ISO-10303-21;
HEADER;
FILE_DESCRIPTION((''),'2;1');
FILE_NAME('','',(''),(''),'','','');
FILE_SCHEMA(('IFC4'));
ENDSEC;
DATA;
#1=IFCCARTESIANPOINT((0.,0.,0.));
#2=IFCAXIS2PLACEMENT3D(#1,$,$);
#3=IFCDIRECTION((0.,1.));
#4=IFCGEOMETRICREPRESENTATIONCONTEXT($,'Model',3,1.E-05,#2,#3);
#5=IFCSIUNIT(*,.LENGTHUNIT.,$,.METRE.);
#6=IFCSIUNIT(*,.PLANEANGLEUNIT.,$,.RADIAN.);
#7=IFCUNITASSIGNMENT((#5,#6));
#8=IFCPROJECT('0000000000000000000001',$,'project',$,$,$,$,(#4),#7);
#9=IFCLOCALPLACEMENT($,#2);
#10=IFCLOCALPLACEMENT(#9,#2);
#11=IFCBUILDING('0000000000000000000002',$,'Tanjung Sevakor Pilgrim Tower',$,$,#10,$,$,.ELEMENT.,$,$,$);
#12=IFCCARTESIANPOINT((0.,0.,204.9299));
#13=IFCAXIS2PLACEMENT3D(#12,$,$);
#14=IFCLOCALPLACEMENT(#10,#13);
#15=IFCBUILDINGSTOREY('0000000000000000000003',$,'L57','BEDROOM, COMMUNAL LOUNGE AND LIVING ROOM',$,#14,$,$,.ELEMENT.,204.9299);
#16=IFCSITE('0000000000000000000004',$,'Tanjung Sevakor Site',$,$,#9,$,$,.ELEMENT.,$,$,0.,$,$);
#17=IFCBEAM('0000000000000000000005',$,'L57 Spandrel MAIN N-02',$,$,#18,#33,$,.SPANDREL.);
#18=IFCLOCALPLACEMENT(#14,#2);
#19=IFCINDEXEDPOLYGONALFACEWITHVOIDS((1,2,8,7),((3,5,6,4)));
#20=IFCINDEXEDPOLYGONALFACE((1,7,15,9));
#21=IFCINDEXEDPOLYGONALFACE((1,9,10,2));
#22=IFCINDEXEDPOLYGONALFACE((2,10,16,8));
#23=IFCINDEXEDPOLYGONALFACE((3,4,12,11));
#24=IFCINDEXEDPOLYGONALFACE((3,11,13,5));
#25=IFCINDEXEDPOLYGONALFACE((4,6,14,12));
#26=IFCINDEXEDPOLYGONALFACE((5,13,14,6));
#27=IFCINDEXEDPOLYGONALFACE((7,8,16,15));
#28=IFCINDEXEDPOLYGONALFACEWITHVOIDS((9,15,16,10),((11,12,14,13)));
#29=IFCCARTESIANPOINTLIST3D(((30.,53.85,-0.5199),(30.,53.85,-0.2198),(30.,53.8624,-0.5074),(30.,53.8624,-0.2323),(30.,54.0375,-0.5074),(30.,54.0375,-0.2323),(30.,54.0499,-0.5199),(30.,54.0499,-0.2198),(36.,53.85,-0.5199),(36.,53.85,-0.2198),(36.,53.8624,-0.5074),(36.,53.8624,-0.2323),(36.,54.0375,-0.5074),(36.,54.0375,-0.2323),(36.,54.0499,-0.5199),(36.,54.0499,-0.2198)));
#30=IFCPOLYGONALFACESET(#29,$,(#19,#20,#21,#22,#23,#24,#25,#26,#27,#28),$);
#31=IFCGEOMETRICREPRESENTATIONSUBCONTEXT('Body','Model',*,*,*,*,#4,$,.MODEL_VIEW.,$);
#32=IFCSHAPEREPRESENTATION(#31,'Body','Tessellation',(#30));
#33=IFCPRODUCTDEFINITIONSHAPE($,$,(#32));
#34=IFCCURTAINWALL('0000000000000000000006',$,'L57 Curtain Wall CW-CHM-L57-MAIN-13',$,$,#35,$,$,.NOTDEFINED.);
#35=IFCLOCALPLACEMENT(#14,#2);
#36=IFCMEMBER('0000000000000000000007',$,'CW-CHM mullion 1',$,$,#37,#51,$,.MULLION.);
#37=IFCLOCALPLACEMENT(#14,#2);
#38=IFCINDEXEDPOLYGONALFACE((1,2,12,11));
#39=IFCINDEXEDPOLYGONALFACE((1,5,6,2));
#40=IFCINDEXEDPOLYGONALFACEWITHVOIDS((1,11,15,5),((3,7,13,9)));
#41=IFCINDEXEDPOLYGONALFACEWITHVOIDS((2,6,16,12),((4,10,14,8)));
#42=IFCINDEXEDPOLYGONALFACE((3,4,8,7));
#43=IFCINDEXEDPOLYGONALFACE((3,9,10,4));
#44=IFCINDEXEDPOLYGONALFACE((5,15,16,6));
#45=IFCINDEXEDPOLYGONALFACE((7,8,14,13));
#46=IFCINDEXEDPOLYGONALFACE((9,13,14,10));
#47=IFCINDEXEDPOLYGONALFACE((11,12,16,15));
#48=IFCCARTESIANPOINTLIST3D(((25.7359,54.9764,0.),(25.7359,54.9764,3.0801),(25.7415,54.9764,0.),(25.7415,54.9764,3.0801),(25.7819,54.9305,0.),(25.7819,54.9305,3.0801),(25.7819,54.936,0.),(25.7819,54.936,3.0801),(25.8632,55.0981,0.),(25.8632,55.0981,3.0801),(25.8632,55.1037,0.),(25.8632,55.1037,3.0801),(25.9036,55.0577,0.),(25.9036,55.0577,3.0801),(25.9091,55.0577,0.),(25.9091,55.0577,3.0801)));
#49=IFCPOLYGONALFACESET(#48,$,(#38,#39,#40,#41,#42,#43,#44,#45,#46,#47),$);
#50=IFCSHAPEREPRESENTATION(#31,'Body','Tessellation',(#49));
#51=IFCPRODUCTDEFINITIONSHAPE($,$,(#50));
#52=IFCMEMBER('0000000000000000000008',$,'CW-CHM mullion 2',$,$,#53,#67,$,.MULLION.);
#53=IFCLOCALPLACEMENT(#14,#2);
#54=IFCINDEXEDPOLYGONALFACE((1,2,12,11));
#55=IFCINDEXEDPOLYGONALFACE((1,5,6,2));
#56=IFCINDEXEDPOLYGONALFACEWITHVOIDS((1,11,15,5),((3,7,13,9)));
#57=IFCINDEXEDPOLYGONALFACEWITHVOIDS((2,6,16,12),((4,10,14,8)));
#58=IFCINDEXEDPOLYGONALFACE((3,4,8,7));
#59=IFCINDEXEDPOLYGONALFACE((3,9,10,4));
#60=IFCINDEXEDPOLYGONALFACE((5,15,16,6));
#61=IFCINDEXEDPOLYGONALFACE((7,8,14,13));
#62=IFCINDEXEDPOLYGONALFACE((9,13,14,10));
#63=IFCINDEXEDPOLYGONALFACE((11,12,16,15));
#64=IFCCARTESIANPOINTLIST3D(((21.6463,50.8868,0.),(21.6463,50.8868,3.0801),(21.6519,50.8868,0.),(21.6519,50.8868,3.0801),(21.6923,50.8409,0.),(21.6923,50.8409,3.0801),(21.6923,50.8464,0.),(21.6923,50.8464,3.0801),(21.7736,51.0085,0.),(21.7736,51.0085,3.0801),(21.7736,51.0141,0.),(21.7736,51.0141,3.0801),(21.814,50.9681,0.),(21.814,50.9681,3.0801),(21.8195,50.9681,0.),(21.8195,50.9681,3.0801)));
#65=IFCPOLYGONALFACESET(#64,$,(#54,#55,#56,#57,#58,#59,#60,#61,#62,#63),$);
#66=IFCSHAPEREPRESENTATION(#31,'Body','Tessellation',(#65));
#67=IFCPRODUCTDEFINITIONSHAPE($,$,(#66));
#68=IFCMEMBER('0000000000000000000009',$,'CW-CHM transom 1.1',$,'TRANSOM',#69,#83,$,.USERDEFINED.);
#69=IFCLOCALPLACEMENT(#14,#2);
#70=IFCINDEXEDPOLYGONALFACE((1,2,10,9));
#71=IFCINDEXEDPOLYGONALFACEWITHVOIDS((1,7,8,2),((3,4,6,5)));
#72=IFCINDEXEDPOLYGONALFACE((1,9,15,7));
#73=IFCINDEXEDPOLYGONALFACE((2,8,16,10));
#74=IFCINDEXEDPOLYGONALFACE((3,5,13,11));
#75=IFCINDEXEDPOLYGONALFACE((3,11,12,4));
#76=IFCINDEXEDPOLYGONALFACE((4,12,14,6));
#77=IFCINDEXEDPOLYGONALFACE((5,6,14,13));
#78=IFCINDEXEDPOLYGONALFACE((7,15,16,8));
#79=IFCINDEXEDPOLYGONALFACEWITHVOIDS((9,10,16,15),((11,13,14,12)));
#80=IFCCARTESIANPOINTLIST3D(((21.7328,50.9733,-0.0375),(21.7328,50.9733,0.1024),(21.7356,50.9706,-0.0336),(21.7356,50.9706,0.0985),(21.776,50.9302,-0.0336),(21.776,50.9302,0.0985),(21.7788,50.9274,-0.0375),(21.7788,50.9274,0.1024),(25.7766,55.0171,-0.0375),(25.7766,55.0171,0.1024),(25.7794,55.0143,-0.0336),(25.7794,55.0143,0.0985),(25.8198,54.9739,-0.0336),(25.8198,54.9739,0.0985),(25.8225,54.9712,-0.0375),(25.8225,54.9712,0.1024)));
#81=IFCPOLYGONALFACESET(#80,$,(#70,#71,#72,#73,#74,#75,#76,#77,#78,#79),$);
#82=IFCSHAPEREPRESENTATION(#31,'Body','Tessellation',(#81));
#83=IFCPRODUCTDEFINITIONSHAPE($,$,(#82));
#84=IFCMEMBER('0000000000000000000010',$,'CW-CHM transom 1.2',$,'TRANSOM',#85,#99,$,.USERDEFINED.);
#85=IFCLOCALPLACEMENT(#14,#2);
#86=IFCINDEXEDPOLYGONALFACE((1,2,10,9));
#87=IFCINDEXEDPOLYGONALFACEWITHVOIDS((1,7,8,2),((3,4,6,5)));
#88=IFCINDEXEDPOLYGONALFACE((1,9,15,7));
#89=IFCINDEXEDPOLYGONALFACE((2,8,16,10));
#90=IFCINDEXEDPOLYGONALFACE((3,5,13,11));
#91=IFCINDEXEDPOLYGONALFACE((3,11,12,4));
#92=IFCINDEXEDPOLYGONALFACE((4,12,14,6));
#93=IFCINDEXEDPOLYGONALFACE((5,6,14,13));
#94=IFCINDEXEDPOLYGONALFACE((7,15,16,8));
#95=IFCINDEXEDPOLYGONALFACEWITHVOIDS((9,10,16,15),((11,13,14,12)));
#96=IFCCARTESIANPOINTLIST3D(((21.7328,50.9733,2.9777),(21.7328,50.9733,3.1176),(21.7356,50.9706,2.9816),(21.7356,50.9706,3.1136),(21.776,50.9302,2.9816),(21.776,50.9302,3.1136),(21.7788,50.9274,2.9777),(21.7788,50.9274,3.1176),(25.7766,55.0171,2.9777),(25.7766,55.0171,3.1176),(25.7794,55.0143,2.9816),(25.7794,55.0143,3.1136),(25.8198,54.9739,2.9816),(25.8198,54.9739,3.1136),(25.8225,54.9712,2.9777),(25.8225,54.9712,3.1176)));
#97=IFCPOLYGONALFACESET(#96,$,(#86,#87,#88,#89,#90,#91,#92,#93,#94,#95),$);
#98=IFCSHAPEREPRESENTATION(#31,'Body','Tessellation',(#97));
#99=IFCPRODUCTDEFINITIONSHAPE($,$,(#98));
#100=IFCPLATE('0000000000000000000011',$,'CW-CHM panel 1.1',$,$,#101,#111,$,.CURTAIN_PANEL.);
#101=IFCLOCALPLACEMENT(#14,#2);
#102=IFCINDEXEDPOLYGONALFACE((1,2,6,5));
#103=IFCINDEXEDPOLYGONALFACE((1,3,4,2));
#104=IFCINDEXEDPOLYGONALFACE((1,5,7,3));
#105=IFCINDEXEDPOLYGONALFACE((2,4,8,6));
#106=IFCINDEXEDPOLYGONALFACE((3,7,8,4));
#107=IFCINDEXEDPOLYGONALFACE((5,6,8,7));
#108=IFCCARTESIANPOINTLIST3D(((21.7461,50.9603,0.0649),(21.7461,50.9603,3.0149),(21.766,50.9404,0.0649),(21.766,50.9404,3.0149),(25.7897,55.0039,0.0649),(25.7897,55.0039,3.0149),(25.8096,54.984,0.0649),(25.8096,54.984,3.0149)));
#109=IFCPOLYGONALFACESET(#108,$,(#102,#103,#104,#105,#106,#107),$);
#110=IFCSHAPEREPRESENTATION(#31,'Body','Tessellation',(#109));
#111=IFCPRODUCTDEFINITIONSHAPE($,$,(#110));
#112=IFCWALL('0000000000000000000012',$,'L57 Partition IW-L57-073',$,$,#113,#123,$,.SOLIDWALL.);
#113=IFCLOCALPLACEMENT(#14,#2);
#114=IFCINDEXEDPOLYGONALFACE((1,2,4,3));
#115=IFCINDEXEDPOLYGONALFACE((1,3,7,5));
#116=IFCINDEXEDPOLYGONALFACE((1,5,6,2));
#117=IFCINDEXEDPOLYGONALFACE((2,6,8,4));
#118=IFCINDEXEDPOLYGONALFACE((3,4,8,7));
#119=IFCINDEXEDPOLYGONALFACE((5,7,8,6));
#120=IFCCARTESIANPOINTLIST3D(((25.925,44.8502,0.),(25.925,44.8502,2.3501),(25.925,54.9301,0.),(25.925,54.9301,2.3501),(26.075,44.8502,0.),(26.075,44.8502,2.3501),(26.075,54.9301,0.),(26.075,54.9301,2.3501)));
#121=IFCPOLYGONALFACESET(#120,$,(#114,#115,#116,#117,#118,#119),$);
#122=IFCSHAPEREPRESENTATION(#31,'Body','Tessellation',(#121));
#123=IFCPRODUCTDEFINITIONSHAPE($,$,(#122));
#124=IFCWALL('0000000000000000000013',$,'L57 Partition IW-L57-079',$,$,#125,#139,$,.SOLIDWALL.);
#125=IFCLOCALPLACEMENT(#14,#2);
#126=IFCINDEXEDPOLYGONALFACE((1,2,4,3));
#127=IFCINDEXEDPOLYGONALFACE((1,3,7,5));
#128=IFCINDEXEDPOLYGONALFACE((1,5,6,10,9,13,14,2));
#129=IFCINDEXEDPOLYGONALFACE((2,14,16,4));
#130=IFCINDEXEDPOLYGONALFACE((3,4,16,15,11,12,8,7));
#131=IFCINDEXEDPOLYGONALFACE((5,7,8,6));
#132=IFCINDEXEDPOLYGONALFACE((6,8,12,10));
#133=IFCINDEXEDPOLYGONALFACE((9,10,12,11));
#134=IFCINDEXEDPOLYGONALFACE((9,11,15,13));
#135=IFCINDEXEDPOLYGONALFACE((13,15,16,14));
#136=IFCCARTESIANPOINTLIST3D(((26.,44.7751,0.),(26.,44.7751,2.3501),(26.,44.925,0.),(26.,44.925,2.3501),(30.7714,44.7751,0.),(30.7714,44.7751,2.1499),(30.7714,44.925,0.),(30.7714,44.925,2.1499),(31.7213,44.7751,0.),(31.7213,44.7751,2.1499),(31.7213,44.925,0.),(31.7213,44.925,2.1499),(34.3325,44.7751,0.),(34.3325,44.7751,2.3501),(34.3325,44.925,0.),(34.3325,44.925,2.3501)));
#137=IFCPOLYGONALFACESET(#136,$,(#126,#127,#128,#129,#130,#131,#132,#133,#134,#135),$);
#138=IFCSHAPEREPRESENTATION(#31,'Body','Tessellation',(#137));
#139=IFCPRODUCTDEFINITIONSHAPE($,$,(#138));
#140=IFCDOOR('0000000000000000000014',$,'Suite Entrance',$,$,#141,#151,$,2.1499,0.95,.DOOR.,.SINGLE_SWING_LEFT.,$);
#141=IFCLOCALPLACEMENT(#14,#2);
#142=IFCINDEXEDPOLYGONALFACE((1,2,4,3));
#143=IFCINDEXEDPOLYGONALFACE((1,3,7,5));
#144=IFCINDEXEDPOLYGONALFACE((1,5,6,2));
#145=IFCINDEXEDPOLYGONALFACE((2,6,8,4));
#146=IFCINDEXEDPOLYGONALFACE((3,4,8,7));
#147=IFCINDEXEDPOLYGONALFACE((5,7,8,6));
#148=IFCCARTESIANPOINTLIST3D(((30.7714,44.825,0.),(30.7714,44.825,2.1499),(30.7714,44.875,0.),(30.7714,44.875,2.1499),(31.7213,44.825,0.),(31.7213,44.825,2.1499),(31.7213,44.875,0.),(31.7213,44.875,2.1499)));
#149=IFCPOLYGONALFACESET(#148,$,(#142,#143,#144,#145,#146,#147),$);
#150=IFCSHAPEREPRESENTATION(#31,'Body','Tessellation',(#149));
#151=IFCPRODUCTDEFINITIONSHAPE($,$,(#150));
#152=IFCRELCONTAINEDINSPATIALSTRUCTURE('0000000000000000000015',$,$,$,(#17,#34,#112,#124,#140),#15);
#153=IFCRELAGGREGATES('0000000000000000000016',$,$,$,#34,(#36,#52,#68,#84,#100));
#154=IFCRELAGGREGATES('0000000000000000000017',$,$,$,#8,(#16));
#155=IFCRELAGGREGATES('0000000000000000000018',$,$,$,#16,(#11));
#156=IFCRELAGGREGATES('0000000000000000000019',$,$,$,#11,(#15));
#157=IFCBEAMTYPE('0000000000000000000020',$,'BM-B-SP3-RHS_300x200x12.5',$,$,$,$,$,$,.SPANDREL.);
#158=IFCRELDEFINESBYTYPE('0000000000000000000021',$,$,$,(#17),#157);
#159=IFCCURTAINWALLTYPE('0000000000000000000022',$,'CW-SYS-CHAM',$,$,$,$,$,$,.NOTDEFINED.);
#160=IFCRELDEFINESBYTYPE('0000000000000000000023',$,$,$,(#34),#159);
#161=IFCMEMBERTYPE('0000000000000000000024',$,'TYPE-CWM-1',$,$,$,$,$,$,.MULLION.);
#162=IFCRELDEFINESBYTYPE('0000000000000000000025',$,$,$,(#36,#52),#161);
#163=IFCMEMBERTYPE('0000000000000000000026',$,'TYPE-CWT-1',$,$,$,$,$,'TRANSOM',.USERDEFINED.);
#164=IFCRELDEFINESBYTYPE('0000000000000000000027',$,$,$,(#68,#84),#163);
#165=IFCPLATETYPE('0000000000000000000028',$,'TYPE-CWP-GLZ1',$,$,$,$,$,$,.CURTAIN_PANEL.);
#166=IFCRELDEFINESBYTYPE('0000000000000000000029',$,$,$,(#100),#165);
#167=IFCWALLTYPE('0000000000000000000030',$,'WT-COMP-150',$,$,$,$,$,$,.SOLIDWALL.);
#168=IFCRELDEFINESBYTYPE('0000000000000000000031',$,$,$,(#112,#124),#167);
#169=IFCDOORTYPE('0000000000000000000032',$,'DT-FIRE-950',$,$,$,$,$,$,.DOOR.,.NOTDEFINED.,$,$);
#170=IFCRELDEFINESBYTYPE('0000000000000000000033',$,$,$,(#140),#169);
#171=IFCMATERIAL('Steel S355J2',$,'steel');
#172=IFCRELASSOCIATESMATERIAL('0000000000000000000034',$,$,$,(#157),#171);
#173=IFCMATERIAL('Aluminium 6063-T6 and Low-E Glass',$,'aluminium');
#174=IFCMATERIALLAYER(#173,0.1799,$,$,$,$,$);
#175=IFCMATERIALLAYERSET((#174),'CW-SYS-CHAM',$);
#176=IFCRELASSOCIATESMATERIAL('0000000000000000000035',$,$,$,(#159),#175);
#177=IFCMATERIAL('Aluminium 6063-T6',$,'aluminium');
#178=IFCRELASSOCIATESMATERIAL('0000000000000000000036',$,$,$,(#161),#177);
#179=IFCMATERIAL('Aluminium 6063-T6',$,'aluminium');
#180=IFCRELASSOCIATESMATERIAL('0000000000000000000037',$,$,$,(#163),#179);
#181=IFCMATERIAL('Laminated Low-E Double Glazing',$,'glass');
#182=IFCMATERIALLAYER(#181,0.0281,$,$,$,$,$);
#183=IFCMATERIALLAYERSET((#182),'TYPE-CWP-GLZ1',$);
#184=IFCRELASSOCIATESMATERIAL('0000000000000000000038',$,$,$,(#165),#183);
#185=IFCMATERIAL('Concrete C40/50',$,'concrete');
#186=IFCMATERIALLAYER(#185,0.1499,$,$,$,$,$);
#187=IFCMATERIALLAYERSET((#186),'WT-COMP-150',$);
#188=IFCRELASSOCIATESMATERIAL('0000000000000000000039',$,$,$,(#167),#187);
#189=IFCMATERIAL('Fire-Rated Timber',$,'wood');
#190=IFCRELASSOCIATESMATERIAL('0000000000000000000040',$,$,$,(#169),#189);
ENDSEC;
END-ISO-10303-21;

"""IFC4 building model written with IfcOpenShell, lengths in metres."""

from ifc_helpers import new_model, si_unit, direction, frame, frame_2d, origin, origin_2d, place, context, subcontext, project, spatial, rectangle, hollow_rectangle, extrude, material, layer, layer_set, material_profile, profile_set, type_object, element, fill, aggregate, save


model = new_model("IFC4")

# Units and contexts
model_context = context("Model", 3, precision=1e-05, world=origin(), true_north=direction((0.0, 1.0)))
body_context = subcontext(model_context, "Body", "Model", "MODEL_VIEW")
ifc_project = project(units=[si_unit("LENGTHUNIT", "METRE"), si_unit("PLANEANGLEUNIT", "RADIAN")], contexts=[model_context])

# Site, building, storey
site_placement = place(None, origin())
site = spatial("IfcSite", under=ifc_project, at=site_placement, Name="Tanjung Sevakor Site", CompositionType="ELEMENT", RefElevation=0.0)
building_placement = place(site_placement, origin())
building = spatial("IfcBuilding", under=site, at=building_placement, Name="Tanjung Sevakor Pilgrim Tower", CompositionType="ELEMENT")
storey_placement = place(building_placement, frame((0.0, 0.0, 204.9299)))
storey = spatial("IfcBuildingStorey", under=building, at=storey_placement, Name="L57", Description="BEDROOM, COMMUNAL LOUNGE AND LIVING ROOM", CompositionType="ELEMENT", Elevation=204.9299)

# Beam
ifc_material_1 = material(Name="Steel S355J2", Category="steel")
ifc_material_profile_1 = material_profile(ifc_material_1, hollow_rectangle(XDim=0.2, YDim=0.3, WallThickness=0.0125, at=origin_2d()))
ifc_profile_set_1 = profile_set([ifc_material_profile_1], Name="Steel S355J2")
beam_type_1 = type_object("IfcBeamType", Name="BM-B-SP3-RHS_300x200x12.5", PredefinedType="SPANDREL", material=ifc_profile_set_1)
beam_1_placement = place(storey_placement, frame((30.0, 53.95, -0.3699), z_axis=(1.0, 0.0, 0.0), x_axis=(0.0, 1.0, 0.0)))
element("IfcBeam", 1, at=beam_1_placement, inside=storey, type_object=beam_type_1, Name="L57 Spandrel MAIN N-02", PredefinedType="SPANDREL", context=body_context, shape_type="SweptSolid", body=[
    extrude(hollow_rectangle(XDim=0.2, YDim=0.3, WallThickness=0.0125, at=origin_2d()), origin(), (0.0, 0.0, 1.0), 6.0),
])

# Curtain wall, members, plate
ifc_material_2 = material(Name="Aluminium 6063-T6 and Low-E Glass", Category="aluminium")
ifc_layer_1 = layer(ifc_material_2, 0.1799)
ifc_layer_set_1 = layer_set([ifc_layer_1], Name="CW-SYS-CHAM")
curtain_wall_type = type_object("IfcCurtainWallType", Name="CW-SYS-CHAM", PredefinedType="NOTDEFINED", material=ifc_layer_set_1)
curtain_wall_placement = place(storey_placement, origin())
curtain_wall = element("IfcCurtainWall", 2, at=curtain_wall_placement, inside=storey, type_object=curtain_wall_type, Name="L57 Curtain Wall CW-CHM-L57-MAIN-13", PredefinedType="NOTDEFINED")
ifc_material_3 = material(Name="Aluminium 6063-T6", Category="aluminium")
ifc_material_profile_2 = material_profile(ifc_material_3, hollow_rectangle(XDim=0.0649, YDim=0.1799, WallThickness=0.0039, at=origin_2d()))
ifc_profile_set_2 = profile_set([ifc_material_profile_2], Name="Aluminium 6063-T6")
member_type_1 = type_object("IfcMemberType", Name="TYPE-CWM-1", PredefinedType="MULLION", material=ifc_profile_set_2)
member_1_placement = place(storey_placement, frame((25.8225, 55.0171, 0.0), z_axis=(0.0, 0.0, 1.0), x_axis=(0.707107, -0.707107, 0.0)))
member_1 = element("IfcMember", 3, at=member_1_placement, type_object=member_type_1, Name="CW-CHM mullion 1", PredefinedType="MULLION", context=body_context, shape_type="SweptSolid", body=[
    extrude(hollow_rectangle(XDim=0.0649, YDim=0.1799, WallThickness=0.0039, at=origin_2d()), origin(), (0.0, 0.0, 1.0), 3.0801),
])
member_2_placement = place(storey_placement, frame((21.7329, 50.9275, 0.0), z_axis=(0.0, 0.0, 1.0), x_axis=(0.707107, -0.707107, 0.0)))
member_2 = element("IfcMember", 4, at=member_2_placement, type_object=member_type_1, Name="CW-CHM mullion 2", PredefinedType="MULLION", context=body_context, shape_type="SweptSolid", body=[
    extrude(hollow_rectangle(XDim=0.0649, YDim=0.1799, WallThickness=0.0039, at=origin_2d()), origin(), (0.0, 0.0, 1.0), 3.0801),
])
ifc_material_4 = material(Name="Aluminium 6063-T6", Category="aluminium")
ifc_material_profile_3 = material_profile(ifc_material_4, hollow_rectangle(XDim=0.0649, YDim=0.1399, WallThickness=0.0039, at=origin_2d()))
ifc_profile_set_3 = profile_set([ifc_material_profile_3], Name="Aluminium 6063-T6")
member_type_2 = type_object("IfcMemberType", Name="TYPE-CWT-1", ElementType="TRANSOM", PredefinedType="USERDEFINED", material=ifc_profile_set_3)
member_3_placement = place(storey_placement, frame((25.7996, 54.9941, 0.0325), z_axis=(-0.707107, -0.707107, 0.0), x_axis=(0.707107, -0.707107, 0.0)))
member_3 = element("IfcMember", 5, at=member_3_placement, type_object=member_type_2, Name="CW-CHM transom 1.1", ObjectType="TRANSOM", PredefinedType="USERDEFINED", context=body_context, shape_type="SweptSolid", body=[
    extrude(hollow_rectangle(XDim=0.0649, YDim=0.1399, WallThickness=0.0039, at=origin_2d()), origin(), (0.0, 0.0, 1.0), 5.7188),
])
member_4_placement = place(storey_placement, frame((25.7996, 54.9941, 3.0476), z_axis=(-0.707107, -0.707107, 0.0), x_axis=(0.707107, -0.707107, 0.0)))
member_4 = element("IfcMember", 6, at=member_4_placement, type_object=member_type_2, Name="CW-CHM transom 1.2", ObjectType="TRANSOM", PredefinedType="USERDEFINED", context=body_context, shape_type="SweptSolid", body=[
    extrude(hollow_rectangle(XDim=0.0649, YDim=0.1399, WallThickness=0.0039, at=origin_2d()), origin(), (0.0, 0.0, 1.0), 5.7188),
])
ifc_material_5 = material(Name="Laminated Low-E Double Glazing", Category="glass")
ifc_layer_2 = layer(ifc_material_5, 0.0281)
ifc_layer_set_2 = layer_set([ifc_layer_2], Name="TYPE-CWP-GLZ1")
plate_type = type_object("IfcPlateType", Name="TYPE-CWP-GLZ1", PredefinedType="CURTAIN_PANEL", material=ifc_layer_set_2)
plate_placement = place(storey_placement, frame((23.7778, 52.9722, 0.0649), z_axis=(0.0, 0.0, 1.0), x_axis=(-0.707107, -0.707107, 0.0)))
plate = element("IfcPlate", 7, at=plate_placement, type_object=plate_type, Name="CW-CHM panel 1.1", PredefinedType="CURTAIN_PANEL", context=body_context, shape_type="SweptSolid", body=[
    extrude(rectangle(XDim=5.7185, YDim=0.0281, at=origin_2d()), origin(), (0.0, 0.0, 1.0), 2.95),
])
aggregate(curtain_wall, [member_1, member_2, member_3, member_4, plate])

# Wall
ifc_material_6 = material(Name="Concrete C40/50", Category="concrete")
ifc_layer_3 = layer(ifc_material_6, 0.1499)
ifc_layer_set_3 = layer_set([ifc_layer_3], Name="WT-COMP-150")
wall_type_1 = type_object("IfcWallType", Name="WT-COMP-150", PredefinedType="SOLIDWALL", material=ifc_layer_set_3)
wall_1_placement = place(storey_placement, frame((26.0, 44.8501, 0.0), z_axis=(0.0, 0.0, 1.0), x_axis=(0.0, 1.0, 0.0)))
element("IfcWall", 8, at=wall_1_placement, inside=storey, type_object=wall_type_1, Name="L57 Partition IW-L57-073", PredefinedType="SOLIDWALL", context=body_context, shape_type="SweptSolid", body=[
    extrude(rectangle(XDim=10.0798, YDim=0.1499, at=frame_2d((5.04, 0.0))), origin(), (0.0, 0.0, 1.0), 2.3501),
])

# Wall, opening, door
wall_2_placement = place(storey_placement, frame((26.0, 44.8501, 0.0), z_axis=(0.0, 0.0, 1.0), x_axis=(1.0, 0.0, 0.0)))
wall_2 = element("IfcWall", 9, at=wall_2_placement, inside=storey, type_object=wall_type_1, Name="L57 Partition IW-L57-079", PredefinedType="SOLIDWALL", context=body_context, shape_type="SweptSolid", body=[
    extrude(rectangle(XDim=8.3325, YDim=0.1499, at=frame_2d((4.1663, 0.0))), origin(), (0.0, 0.0, 1.0), 2.3501),
])
opening_1_placement = place(wall_2_placement, frame((4.7712, 0.0, 0.0)))
opening_1 = element("IfcOpeningElement", 10, at=opening_1_placement, cuts=wall_2, PredefinedType="OPENING", context=body_context, shape_type="SweptSolid", body=[
    extrude(rectangle(XDim=0.95, YDim=2.1499, at=frame_2d((0.4751, 1.075))), frame((0.0, 0.085, 0.0), z_axis=(0.0, -1.0, 0.0), x_axis=(1.0, 0.0, 0.0)), (0.0, 0.0, 1.0), 0.1699),
])
ifc_material_7 = material(Name="Fire-Rated Timber", Category="wood")
door_type_1 = type_object("IfcDoorType", Name="DT-FIRE-950", OperationType="NOTDEFINED", PredefinedType="DOOR", material=ifc_material_7)
door_1_placement = place(opening_1_placement, origin())
door_1 = element("IfcDoor", 11, at=door_1_placement, inside=storey, type_object=door_type_1, Name="Suite Entrance", OperationType="SINGLE_SWING_LEFT", OverallHeight=2.1499, OverallWidth=0.95, PredefinedType="DOOR", context=body_context, shape_type="SweptSolid", body=[
    extrude(rectangle(XDim=0.95, YDim=2.1499, at=frame_2d((0.4751, 1.075))), frame((0.0, 0.0249, 0.0), z_axis=(0.0, -1.0, 0.0), x_axis=(1.0, 0.0, 0.0)), (0.0, 0.0, 1.0), 0.05),
])
fill(opening_1, door_1)

save(model, "model.ifc")
